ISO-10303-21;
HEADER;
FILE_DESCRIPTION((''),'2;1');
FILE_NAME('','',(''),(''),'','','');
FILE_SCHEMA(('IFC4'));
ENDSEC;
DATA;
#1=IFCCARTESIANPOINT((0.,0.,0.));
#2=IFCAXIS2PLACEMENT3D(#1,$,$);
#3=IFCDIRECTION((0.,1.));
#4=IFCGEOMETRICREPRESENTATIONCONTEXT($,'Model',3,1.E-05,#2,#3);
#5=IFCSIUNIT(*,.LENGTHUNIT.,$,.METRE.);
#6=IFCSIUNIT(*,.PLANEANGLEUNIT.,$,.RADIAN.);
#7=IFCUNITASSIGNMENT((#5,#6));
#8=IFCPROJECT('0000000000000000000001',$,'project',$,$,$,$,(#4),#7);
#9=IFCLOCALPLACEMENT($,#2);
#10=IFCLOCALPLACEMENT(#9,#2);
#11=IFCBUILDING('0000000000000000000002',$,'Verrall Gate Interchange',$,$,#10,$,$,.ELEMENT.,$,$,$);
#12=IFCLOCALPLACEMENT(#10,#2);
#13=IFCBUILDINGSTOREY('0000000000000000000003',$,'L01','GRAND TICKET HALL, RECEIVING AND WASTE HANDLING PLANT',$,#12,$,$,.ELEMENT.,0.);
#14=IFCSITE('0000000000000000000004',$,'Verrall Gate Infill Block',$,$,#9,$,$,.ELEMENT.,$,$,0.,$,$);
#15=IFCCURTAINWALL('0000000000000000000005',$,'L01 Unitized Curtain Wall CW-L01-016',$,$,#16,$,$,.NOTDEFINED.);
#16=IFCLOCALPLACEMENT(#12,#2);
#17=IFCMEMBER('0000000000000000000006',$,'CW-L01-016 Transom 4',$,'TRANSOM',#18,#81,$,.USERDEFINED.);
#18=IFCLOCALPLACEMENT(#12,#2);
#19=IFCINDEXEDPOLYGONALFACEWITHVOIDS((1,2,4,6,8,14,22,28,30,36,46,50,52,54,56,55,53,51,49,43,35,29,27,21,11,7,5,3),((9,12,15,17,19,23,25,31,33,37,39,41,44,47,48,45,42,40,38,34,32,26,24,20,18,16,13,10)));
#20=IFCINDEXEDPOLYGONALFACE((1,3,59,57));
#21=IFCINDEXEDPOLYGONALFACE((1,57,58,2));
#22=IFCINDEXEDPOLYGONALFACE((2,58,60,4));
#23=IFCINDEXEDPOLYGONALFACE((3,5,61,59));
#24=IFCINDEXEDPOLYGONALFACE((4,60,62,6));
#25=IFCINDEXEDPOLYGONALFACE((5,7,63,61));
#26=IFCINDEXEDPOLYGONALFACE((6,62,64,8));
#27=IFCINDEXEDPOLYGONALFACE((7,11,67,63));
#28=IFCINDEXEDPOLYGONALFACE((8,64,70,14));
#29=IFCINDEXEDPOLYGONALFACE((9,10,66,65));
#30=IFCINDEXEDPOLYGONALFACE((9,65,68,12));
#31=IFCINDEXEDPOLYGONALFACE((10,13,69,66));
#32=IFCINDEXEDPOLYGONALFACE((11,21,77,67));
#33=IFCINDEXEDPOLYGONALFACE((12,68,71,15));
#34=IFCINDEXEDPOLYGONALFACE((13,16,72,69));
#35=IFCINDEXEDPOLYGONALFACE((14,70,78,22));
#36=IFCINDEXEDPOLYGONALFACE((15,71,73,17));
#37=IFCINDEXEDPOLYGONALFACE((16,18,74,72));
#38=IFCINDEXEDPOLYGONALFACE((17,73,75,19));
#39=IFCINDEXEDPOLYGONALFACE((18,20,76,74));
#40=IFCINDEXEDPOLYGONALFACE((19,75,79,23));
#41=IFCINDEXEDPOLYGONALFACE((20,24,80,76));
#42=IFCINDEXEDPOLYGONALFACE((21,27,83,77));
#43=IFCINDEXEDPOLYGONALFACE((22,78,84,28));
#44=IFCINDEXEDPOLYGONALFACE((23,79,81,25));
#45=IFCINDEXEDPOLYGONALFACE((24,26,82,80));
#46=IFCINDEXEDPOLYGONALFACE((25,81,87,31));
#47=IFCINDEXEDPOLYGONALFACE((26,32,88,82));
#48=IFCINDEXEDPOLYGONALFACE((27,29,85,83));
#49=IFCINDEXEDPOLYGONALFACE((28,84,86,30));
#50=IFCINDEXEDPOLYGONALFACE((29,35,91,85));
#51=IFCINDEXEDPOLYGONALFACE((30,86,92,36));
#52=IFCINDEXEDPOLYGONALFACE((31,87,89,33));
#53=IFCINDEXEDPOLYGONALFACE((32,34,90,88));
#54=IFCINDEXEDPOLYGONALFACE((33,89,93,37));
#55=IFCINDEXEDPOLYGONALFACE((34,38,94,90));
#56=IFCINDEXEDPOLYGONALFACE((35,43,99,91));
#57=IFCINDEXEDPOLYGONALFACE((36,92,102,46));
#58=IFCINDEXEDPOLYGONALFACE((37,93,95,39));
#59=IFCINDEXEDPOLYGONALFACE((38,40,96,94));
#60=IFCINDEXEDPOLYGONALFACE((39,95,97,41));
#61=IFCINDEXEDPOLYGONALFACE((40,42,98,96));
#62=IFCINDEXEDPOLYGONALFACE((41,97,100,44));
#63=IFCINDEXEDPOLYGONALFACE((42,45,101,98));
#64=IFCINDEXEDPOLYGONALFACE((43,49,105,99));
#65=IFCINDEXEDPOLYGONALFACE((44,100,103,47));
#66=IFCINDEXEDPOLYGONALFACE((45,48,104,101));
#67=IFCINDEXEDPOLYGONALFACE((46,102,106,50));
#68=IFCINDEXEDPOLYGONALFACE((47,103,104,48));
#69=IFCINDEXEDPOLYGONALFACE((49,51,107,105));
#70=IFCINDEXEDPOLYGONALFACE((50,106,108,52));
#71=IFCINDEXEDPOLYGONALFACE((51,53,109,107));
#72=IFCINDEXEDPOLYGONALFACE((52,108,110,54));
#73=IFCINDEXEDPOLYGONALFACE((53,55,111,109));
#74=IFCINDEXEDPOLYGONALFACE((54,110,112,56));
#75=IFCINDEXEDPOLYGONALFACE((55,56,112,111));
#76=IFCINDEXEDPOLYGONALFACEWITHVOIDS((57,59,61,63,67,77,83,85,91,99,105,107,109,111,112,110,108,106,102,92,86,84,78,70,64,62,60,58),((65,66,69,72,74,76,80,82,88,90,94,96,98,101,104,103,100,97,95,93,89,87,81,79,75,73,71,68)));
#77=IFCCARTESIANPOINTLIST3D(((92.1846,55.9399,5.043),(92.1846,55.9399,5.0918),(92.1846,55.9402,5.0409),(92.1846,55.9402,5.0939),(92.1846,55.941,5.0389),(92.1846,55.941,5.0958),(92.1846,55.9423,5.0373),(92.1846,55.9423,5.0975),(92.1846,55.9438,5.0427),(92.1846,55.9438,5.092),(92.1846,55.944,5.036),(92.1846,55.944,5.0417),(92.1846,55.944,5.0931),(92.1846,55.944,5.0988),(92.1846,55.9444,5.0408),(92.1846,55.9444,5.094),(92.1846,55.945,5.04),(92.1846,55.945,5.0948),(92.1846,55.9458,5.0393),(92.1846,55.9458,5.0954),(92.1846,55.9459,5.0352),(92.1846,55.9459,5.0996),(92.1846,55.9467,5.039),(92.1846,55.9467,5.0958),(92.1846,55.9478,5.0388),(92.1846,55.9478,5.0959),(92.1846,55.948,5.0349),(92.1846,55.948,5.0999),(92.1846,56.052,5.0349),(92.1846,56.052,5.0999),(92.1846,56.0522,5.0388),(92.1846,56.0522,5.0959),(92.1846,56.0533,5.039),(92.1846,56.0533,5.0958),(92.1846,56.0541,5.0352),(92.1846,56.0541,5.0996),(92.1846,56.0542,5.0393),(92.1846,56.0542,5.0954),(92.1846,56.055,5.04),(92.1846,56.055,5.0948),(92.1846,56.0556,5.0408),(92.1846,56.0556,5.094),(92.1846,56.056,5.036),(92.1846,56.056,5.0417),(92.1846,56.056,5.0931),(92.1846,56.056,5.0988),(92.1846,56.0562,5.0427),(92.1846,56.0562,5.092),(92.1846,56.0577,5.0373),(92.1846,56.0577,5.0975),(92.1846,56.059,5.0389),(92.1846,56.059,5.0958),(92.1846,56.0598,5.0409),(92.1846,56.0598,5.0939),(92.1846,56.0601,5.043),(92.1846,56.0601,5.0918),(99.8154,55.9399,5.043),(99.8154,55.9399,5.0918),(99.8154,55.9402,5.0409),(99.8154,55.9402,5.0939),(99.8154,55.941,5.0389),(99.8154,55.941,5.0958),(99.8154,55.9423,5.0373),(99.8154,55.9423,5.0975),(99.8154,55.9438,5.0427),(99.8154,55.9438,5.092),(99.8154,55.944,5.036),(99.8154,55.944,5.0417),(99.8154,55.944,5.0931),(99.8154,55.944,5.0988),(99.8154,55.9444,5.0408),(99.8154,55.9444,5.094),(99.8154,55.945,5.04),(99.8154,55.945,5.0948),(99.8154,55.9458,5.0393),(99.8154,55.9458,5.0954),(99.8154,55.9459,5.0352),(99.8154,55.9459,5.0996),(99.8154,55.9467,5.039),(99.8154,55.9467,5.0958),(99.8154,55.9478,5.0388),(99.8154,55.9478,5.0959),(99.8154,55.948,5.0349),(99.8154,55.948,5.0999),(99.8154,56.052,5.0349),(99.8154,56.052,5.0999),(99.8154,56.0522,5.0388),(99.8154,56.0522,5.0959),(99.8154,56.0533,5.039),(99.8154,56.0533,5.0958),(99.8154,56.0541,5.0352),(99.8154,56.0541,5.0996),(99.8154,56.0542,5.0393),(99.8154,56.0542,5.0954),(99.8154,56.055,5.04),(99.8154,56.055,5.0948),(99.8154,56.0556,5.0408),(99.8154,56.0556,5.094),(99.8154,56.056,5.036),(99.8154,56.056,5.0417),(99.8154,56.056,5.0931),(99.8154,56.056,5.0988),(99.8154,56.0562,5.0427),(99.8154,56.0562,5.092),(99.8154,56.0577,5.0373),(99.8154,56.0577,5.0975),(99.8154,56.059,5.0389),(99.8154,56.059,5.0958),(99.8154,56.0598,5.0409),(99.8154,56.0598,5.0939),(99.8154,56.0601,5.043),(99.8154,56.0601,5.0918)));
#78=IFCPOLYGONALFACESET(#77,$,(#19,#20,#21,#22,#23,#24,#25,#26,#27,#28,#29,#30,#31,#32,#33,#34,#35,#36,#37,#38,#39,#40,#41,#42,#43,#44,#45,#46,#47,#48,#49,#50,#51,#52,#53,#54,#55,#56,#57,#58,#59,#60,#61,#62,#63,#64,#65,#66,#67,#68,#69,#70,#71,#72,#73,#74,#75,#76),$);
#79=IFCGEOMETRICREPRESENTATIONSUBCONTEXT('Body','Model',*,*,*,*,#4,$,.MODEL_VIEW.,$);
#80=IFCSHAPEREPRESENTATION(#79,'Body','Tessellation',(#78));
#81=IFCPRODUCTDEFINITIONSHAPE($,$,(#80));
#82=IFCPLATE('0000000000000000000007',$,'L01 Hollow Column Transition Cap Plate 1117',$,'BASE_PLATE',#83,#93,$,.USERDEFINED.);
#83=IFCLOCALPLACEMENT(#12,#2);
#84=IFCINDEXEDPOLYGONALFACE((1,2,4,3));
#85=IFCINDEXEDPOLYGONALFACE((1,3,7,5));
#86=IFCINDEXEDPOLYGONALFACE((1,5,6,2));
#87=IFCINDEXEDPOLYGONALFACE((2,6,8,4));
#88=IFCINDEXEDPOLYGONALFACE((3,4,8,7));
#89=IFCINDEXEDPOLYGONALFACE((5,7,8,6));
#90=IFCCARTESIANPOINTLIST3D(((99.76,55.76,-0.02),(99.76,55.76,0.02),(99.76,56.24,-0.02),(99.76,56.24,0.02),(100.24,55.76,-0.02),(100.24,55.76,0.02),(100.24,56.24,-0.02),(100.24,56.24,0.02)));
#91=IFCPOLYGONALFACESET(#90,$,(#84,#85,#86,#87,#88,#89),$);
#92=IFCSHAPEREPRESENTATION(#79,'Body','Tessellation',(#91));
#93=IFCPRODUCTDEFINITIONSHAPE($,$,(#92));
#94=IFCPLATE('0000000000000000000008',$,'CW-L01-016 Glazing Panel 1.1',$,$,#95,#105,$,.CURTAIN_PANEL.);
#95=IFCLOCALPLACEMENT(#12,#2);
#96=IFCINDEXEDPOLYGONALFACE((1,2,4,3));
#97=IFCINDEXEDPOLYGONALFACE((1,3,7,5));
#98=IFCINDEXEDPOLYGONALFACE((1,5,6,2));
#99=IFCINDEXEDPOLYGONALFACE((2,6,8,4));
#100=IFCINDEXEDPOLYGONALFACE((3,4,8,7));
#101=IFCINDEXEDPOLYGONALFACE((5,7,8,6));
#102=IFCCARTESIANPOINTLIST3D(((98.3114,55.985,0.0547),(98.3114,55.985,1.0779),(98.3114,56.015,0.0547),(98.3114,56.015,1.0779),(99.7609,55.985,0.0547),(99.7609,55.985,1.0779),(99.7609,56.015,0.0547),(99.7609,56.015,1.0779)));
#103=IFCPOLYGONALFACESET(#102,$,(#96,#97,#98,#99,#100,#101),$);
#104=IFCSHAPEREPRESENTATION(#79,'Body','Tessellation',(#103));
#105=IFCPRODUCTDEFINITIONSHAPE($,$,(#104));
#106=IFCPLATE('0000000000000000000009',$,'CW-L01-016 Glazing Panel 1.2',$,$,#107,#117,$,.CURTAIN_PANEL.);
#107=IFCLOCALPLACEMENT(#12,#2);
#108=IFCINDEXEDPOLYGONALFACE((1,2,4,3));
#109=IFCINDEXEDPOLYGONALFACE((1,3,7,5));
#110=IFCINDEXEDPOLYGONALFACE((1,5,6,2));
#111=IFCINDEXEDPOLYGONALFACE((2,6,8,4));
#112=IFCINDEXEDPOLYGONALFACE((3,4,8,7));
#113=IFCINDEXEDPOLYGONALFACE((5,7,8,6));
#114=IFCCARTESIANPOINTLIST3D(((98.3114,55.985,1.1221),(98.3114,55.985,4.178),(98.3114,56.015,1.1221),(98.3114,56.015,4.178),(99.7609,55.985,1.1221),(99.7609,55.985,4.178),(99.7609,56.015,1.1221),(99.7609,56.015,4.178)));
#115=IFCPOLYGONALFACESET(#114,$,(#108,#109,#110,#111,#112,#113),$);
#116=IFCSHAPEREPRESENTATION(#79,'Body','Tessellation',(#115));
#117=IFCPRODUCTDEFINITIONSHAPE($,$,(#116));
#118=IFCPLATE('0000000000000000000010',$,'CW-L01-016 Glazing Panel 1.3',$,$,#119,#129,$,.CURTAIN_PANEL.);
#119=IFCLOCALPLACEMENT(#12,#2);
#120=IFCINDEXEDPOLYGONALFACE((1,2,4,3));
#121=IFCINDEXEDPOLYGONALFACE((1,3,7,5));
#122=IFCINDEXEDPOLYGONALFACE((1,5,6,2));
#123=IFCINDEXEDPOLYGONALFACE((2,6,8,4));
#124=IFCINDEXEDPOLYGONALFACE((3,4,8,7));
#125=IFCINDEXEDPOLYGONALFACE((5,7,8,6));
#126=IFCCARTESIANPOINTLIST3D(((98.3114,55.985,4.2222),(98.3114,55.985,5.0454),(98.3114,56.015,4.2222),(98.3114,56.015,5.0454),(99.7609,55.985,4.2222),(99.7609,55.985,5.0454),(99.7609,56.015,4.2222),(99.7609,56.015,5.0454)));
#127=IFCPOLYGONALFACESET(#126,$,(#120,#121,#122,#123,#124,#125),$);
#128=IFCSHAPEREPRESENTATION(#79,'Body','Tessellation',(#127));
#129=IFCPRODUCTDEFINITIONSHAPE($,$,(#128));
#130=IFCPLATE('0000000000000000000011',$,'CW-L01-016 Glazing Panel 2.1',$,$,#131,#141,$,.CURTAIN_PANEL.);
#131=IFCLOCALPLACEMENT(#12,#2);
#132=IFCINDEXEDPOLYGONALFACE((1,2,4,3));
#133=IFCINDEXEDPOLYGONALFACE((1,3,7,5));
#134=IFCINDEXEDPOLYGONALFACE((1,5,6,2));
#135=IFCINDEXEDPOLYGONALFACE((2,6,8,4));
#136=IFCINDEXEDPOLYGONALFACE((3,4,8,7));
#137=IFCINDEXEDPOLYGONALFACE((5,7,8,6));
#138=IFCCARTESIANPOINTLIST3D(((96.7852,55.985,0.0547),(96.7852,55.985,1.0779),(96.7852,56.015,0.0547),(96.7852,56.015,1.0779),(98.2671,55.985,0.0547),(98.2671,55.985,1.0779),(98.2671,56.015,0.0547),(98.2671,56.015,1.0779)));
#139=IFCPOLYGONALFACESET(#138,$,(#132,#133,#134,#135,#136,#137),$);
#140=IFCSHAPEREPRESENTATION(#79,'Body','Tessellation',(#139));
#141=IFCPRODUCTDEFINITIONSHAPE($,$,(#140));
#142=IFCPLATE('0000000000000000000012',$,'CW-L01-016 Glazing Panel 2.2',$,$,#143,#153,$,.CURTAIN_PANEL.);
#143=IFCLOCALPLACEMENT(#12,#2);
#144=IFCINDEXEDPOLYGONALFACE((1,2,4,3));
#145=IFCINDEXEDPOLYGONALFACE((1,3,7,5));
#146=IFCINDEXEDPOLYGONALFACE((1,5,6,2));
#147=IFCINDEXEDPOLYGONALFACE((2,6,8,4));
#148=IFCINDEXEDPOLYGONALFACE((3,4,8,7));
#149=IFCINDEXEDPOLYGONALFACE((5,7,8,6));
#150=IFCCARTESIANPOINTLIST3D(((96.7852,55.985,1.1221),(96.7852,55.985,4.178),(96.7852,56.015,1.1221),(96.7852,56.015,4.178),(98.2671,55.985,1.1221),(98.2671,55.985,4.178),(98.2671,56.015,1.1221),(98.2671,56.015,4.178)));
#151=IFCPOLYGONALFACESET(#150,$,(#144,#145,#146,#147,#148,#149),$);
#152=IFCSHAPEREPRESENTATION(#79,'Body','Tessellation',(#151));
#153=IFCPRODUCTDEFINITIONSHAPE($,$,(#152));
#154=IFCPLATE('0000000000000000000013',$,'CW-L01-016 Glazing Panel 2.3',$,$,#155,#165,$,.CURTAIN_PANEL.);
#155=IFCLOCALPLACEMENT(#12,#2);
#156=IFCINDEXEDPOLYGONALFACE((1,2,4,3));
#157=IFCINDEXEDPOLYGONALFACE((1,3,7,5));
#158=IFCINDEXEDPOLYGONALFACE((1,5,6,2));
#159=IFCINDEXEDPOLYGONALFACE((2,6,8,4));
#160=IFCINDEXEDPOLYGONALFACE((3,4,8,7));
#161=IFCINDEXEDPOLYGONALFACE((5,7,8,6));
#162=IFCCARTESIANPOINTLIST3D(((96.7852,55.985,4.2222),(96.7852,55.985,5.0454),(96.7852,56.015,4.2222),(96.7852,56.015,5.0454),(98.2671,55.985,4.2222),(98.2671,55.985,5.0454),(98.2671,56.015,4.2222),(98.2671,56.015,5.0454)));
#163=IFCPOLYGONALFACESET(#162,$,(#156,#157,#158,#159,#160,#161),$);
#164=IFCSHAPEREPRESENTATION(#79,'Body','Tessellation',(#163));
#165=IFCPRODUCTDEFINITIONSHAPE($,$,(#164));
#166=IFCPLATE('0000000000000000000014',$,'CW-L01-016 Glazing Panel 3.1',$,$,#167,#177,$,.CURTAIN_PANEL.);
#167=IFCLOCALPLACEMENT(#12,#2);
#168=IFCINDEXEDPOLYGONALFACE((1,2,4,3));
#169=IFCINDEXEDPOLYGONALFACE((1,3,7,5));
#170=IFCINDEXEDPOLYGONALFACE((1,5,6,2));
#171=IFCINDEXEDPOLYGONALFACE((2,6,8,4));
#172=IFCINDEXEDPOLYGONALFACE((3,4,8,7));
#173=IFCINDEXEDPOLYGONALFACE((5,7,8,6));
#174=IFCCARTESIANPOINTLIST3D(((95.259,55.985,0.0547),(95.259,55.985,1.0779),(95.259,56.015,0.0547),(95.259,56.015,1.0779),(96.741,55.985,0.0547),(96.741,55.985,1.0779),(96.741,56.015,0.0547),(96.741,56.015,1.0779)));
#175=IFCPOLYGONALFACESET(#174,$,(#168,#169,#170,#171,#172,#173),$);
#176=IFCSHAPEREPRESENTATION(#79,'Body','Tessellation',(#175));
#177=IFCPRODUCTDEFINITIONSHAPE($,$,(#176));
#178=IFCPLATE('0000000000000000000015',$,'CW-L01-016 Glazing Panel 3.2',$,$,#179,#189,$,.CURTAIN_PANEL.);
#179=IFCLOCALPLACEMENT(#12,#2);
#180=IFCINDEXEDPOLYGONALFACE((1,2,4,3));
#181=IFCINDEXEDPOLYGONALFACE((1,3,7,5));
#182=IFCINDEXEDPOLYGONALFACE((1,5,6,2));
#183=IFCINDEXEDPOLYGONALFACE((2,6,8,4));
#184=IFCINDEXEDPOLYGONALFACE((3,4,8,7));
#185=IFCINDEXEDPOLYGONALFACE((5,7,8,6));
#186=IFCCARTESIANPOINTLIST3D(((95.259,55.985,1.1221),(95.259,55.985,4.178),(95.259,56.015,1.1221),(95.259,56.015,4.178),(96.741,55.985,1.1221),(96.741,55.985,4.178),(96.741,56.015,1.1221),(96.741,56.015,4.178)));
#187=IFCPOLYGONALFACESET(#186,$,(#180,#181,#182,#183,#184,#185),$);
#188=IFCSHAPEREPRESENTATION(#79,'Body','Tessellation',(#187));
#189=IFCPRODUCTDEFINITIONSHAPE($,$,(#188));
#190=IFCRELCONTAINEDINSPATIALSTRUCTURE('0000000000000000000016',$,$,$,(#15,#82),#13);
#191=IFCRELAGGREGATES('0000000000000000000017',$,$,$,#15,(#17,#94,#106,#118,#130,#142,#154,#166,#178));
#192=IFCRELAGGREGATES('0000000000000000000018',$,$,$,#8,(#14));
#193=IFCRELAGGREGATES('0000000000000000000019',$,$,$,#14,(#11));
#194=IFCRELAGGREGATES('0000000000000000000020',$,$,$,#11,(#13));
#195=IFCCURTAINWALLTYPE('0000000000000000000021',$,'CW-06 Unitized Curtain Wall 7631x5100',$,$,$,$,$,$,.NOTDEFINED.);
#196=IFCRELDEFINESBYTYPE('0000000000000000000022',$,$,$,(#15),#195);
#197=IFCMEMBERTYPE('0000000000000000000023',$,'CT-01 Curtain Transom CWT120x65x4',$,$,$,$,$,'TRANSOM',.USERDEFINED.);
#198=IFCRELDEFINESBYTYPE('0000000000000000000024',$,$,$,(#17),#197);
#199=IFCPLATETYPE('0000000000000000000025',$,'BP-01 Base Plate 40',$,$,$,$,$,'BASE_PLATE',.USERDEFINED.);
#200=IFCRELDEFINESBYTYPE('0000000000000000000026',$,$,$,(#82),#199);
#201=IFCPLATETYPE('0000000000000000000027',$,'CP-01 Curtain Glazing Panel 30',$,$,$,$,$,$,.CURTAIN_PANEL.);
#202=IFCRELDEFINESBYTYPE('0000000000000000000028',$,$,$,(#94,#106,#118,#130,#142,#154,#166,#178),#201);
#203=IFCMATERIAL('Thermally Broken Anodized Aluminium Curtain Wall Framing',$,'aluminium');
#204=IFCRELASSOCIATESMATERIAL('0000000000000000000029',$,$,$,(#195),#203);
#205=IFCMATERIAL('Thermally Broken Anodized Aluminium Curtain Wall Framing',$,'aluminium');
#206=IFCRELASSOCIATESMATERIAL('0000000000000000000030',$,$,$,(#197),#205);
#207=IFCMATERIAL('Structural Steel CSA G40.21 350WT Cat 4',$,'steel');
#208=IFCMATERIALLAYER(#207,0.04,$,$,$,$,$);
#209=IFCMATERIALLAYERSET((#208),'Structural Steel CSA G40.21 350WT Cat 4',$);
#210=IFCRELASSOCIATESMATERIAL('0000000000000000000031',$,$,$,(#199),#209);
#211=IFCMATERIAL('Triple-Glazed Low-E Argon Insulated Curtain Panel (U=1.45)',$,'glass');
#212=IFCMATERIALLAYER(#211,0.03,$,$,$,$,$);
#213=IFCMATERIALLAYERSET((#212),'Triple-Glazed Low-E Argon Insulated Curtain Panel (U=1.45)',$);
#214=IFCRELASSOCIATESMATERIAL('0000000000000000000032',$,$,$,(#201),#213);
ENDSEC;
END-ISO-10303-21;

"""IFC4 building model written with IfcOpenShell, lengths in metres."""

from ifc_helpers import new_model, si_unit, direction, frame, origin, origin_2d, place, context, subcontext, project, spatial, rectangle, hollow_rectangle, extrude, material, layer, layer_set, material_profile, profile_set, type_object, element, aggregate, save


model = new_model("IFC4")

# Units and contexts
model_context = context("Model", 3, precision=1e-05, world=origin(), true_north=direction((0.0, 1.0)))
body_context = subcontext(model_context, "Body", "Model", "MODEL_VIEW")
ifc_project = project(units=[si_unit("LENGTHUNIT", "METRE"), si_unit("PLANEANGLEUNIT", "RADIAN")], contexts=[model_context])

# Site, building, storey
site_placement = place(None, origin())
site = spatial("IfcSite", under=ifc_project, at=site_placement, Name="Verrall Gate Infill Block", CompositionType="ELEMENT", RefElevation=0.0)
building_placement = place(site_placement, origin())
building = spatial("IfcBuilding", under=site, at=building_placement, Name="Verrall Gate Interchange", CompositionType="ELEMENT")
storey_placement = place(building_placement, origin())
storey = spatial("IfcBuildingStorey", under=building, at=storey_placement, Name="L01", Description="GRAND TICKET HALL, RECEIVING AND WASTE HANDLING PLANT", CompositionType="ELEMENT", Elevation=0.0)

# Curtain wall, member
ifc_material_1 = material(Name="Thermally Broken Anodized Aluminium Curtain Wall Framing", Category="aluminium")
curtain_wall_type = type_object("IfcCurtainWallType", Name="CW-06 Unitized Curtain Wall 7631x5100", PredefinedType="NOTDEFINED", material=ifc_material_1)
curtain_wall_placement = place(storey_placement, origin())
curtain_wall = element("IfcCurtainWall", 1, at=curtain_wall_placement, inside=storey, type_object=curtain_wall_type, Name="L01 Unitized Curtain Wall CW-L01-016", PredefinedType="NOTDEFINED")
ifc_material_2 = material(Name="Thermally Broken Anodized Aluminium Curtain Wall Framing", Category="aluminium")
ifc_material_profile_1 = material_profile(ifc_material_2, hollow_rectangle(XDim=0.1201, YDim=0.0649, WallThickness=0.0039, InnerFilletRadius=0.0039, OuterFilletRadius=0.0081, at=origin_2d()), Name="CWT120x65x4")
ifc_profile_set_1 = profile_set([ifc_material_profile_1], Name="Thermally Broken Anodized Aluminium Curtain Wall Framing")
member_type_1 = type_object("IfcMemberType", Name="CT-01 Curtain Transom CWT120x65x4", ElementType="TRANSOM", PredefinedType="USERDEFINED", material=ifc_profile_set_1)
member_1_placement = place(storey_placement, frame((99.8154, 56.0, 5.0674), z_axis=(-1.0, 0.0, 0.0), x_axis=(0.0, -1.0, 0.0)))
member_1 = element("IfcMember", 2, at=member_1_placement, type_object=member_type_1, Name="CW-L01-016 Transom 4", ObjectType="TRANSOM", PredefinedType="USERDEFINED", context=body_context, shape_type="SweptSolid", body=[
    extrude(hollow_rectangle(XDim=0.1201, YDim=0.0649, WallThickness=0.0039, InnerFilletRadius=0.0039, OuterFilletRadius=0.0081, at=origin_2d()), origin(), (0.0, 0.0, 1.0), 7.6309),
])

# Plates
ifc_material_3 = material(Name="Structural Steel CSA G40.21 350WT Cat 4", Category="steel")
ifc_layer_1 = layer(ifc_material_3, 0.04)
ifc_layer_set_1 = layer_set([ifc_layer_1], Name="Structural Steel CSA G40.21 350WT Cat 4")
plate_type_1 = type_object("IfcPlateType", Name="BP-01 Base Plate 40", ElementType="BASE_PLATE", PredefinedType="USERDEFINED", material=ifc_layer_set_1)
plate_1_placement = place(storey_placement, frame((100.0, 56.0, -0.02), z_axis=(0.0, 0.0, 1.0), x_axis=(1.0, 0.0, 0.0)))
element("IfcPlate", 3, at=plate_1_placement, inside=storey, type_object=plate_type_1, Name="L01 Hollow Column Transition Cap Plate 1117", ObjectType="BASE_PLATE", PredefinedType="USERDEFINED", context=body_context, shape_type="SweptSolid", body=[
    extrude(rectangle(XDim=0.48, YDim=0.48, at=origin_2d()), origin(), (0.0, 0.0, 1.0), 0.04),
])
ifc_material_4 = material(Name="Triple-Glazed Low-E Argon Insulated Curtain Panel (U=1.45)", Category="glass")
ifc_layer_2 = layer(ifc_material_4, 0.03)
ifc_layer_set_2 = layer_set([ifc_layer_2], Name="Triple-Glazed Low-E Argon Insulated Curtain Panel (U=1.45)")
plate_type_2 = type_object("IfcPlateType", Name="CP-01 Curtain Glazing Panel 30", PredefinedType="CURTAIN_PANEL", material=ifc_layer_set_2)
plate_2_placement = place(storey_placement, frame((99.0361, 56.0, 0.0547), z_axis=(0.0, 0.0, 1.0), x_axis=(-1.0, 0.0, 0.0)))
plate_2 = element("IfcPlate", 4, at=plate_2_placement, type_object=plate_type_2, Name="CW-L01-016 Glazing Panel 1.1", PredefinedType="CURTAIN_PANEL", context=body_context, shape_type="SweptSolid", body=[
    extrude(rectangle(XDim=1.4495, YDim=0.03, at=origin_2d()), origin(), (0.0, 0.0, 1.0), 1.0232),
])
plate_3_placement = place(storey_placement, frame((99.0361, 56.0, 1.1221), z_axis=(0.0, 0.0, 1.0), x_axis=(-1.0, 0.0, 0.0)))
plate_3 = element("IfcPlate", 5, at=plate_3_placement, type_object=plate_type_2, Name="CW-L01-016 Glazing Panel 1.2", PredefinedType="CURTAIN_PANEL", context=body_context, shape_type="SweptSolid", body=[
    extrude(rectangle(XDim=1.4495, YDim=0.03, at=origin_2d()), origin(), (0.0, 0.0, 1.0), 3.0559),
])
plate_4_placement = place(storey_placement, frame((99.0361, 56.0, 4.2222), z_axis=(0.0, 0.0, 1.0), x_axis=(-1.0, 0.0, 0.0)))
plate_4 = element("IfcPlate", 6, at=plate_4_placement, type_object=plate_type_2, Name="CW-L01-016 Glazing Panel 1.3", PredefinedType="CURTAIN_PANEL", context=body_context, shape_type="SweptSolid", body=[
    extrude(rectangle(XDim=1.4495, YDim=0.03, at=origin_2d()), origin(), (0.0, 0.0, 1.0), 0.8232),
])
plate_5_placement = place(storey_placement, frame((97.5261, 56.0, 0.0547), z_axis=(0.0, 0.0, 1.0), x_axis=(-1.0, 0.0, 0.0)))
plate_5 = element("IfcPlate", 7, at=plate_5_placement, type_object=plate_type_2, Name="CW-L01-016 Glazing Panel 2.1", PredefinedType="CURTAIN_PANEL", context=body_context, shape_type="SweptSolid", body=[
    extrude(rectangle(XDim=1.4819, YDim=0.03, at=origin_2d()), origin(), (0.0, 0.0, 1.0), 1.0232),
])
plate_6_placement = place(storey_placement, frame((97.5261, 56.0, 1.1221), z_axis=(0.0, 0.0, 1.0), x_axis=(-1.0, 0.0, 0.0)))
plate_6 = element("IfcPlate", 8, at=plate_6_placement, type_object=plate_type_2, Name="CW-L01-016 Glazing Panel 2.2", PredefinedType="CURTAIN_PANEL", context=body_context, shape_type="SweptSolid", body=[
    extrude(rectangle(XDim=1.4819, YDim=0.03, at=origin_2d()), origin(), (0.0, 0.0, 1.0), 3.0559),
])
plate_7_placement = place(storey_placement, frame((97.5261, 56.0, 4.2222), z_axis=(0.0, 0.0, 1.0), x_axis=(-1.0, 0.0, 0.0)))
plate_7 = element("IfcPlate", 9, at=plate_7_placement, type_object=plate_type_2, Name="CW-L01-016 Glazing Panel 2.3", PredefinedType="CURTAIN_PANEL", context=body_context, shape_type="SweptSolid", body=[
    extrude(rectangle(XDim=1.4819, YDim=0.03, at=origin_2d()), origin(), (0.0, 0.0, 1.0), 0.8232),
])
plate_8_placement = place(storey_placement, frame((96.0, 56.0, 0.0547), z_axis=(0.0, 0.0, 1.0), x_axis=(-1.0, 0.0, 0.0)))
plate_8 = element("IfcPlate", 10, at=plate_8_placement, type_object=plate_type_2, Name="CW-L01-016 Glazing Panel 3.1", PredefinedType="CURTAIN_PANEL", context=body_context, shape_type="SweptSolid", body=[
    extrude(rectangle(XDim=1.4819, YDim=0.03, at=origin_2d()), origin(), (0.0, 0.0, 1.0), 1.0232),
])
plate_9_placement = place(storey_placement, frame((96.0, 56.0, 1.1221), z_axis=(0.0, 0.0, 1.0), x_axis=(-1.0, 0.0, 0.0)))
plate_9 = element("IfcPlate", 11, at=plate_9_placement, type_object=plate_type_2, Name="CW-L01-016 Glazing Panel 3.2", PredefinedType="CURTAIN_PANEL", context=body_context, shape_type="SweptSolid", body=[
    extrude(rectangle(XDim=1.4819, YDim=0.03, at=origin_2d()), origin(), (0.0, 0.0, 1.0), 3.0559),
])
aggregate(curtain_wall, [member_1, plate_2, plate_3, plate_4, plate_5, plate_6, plate_7, plate_8, plate_9])

save(model, "model.ifc")
